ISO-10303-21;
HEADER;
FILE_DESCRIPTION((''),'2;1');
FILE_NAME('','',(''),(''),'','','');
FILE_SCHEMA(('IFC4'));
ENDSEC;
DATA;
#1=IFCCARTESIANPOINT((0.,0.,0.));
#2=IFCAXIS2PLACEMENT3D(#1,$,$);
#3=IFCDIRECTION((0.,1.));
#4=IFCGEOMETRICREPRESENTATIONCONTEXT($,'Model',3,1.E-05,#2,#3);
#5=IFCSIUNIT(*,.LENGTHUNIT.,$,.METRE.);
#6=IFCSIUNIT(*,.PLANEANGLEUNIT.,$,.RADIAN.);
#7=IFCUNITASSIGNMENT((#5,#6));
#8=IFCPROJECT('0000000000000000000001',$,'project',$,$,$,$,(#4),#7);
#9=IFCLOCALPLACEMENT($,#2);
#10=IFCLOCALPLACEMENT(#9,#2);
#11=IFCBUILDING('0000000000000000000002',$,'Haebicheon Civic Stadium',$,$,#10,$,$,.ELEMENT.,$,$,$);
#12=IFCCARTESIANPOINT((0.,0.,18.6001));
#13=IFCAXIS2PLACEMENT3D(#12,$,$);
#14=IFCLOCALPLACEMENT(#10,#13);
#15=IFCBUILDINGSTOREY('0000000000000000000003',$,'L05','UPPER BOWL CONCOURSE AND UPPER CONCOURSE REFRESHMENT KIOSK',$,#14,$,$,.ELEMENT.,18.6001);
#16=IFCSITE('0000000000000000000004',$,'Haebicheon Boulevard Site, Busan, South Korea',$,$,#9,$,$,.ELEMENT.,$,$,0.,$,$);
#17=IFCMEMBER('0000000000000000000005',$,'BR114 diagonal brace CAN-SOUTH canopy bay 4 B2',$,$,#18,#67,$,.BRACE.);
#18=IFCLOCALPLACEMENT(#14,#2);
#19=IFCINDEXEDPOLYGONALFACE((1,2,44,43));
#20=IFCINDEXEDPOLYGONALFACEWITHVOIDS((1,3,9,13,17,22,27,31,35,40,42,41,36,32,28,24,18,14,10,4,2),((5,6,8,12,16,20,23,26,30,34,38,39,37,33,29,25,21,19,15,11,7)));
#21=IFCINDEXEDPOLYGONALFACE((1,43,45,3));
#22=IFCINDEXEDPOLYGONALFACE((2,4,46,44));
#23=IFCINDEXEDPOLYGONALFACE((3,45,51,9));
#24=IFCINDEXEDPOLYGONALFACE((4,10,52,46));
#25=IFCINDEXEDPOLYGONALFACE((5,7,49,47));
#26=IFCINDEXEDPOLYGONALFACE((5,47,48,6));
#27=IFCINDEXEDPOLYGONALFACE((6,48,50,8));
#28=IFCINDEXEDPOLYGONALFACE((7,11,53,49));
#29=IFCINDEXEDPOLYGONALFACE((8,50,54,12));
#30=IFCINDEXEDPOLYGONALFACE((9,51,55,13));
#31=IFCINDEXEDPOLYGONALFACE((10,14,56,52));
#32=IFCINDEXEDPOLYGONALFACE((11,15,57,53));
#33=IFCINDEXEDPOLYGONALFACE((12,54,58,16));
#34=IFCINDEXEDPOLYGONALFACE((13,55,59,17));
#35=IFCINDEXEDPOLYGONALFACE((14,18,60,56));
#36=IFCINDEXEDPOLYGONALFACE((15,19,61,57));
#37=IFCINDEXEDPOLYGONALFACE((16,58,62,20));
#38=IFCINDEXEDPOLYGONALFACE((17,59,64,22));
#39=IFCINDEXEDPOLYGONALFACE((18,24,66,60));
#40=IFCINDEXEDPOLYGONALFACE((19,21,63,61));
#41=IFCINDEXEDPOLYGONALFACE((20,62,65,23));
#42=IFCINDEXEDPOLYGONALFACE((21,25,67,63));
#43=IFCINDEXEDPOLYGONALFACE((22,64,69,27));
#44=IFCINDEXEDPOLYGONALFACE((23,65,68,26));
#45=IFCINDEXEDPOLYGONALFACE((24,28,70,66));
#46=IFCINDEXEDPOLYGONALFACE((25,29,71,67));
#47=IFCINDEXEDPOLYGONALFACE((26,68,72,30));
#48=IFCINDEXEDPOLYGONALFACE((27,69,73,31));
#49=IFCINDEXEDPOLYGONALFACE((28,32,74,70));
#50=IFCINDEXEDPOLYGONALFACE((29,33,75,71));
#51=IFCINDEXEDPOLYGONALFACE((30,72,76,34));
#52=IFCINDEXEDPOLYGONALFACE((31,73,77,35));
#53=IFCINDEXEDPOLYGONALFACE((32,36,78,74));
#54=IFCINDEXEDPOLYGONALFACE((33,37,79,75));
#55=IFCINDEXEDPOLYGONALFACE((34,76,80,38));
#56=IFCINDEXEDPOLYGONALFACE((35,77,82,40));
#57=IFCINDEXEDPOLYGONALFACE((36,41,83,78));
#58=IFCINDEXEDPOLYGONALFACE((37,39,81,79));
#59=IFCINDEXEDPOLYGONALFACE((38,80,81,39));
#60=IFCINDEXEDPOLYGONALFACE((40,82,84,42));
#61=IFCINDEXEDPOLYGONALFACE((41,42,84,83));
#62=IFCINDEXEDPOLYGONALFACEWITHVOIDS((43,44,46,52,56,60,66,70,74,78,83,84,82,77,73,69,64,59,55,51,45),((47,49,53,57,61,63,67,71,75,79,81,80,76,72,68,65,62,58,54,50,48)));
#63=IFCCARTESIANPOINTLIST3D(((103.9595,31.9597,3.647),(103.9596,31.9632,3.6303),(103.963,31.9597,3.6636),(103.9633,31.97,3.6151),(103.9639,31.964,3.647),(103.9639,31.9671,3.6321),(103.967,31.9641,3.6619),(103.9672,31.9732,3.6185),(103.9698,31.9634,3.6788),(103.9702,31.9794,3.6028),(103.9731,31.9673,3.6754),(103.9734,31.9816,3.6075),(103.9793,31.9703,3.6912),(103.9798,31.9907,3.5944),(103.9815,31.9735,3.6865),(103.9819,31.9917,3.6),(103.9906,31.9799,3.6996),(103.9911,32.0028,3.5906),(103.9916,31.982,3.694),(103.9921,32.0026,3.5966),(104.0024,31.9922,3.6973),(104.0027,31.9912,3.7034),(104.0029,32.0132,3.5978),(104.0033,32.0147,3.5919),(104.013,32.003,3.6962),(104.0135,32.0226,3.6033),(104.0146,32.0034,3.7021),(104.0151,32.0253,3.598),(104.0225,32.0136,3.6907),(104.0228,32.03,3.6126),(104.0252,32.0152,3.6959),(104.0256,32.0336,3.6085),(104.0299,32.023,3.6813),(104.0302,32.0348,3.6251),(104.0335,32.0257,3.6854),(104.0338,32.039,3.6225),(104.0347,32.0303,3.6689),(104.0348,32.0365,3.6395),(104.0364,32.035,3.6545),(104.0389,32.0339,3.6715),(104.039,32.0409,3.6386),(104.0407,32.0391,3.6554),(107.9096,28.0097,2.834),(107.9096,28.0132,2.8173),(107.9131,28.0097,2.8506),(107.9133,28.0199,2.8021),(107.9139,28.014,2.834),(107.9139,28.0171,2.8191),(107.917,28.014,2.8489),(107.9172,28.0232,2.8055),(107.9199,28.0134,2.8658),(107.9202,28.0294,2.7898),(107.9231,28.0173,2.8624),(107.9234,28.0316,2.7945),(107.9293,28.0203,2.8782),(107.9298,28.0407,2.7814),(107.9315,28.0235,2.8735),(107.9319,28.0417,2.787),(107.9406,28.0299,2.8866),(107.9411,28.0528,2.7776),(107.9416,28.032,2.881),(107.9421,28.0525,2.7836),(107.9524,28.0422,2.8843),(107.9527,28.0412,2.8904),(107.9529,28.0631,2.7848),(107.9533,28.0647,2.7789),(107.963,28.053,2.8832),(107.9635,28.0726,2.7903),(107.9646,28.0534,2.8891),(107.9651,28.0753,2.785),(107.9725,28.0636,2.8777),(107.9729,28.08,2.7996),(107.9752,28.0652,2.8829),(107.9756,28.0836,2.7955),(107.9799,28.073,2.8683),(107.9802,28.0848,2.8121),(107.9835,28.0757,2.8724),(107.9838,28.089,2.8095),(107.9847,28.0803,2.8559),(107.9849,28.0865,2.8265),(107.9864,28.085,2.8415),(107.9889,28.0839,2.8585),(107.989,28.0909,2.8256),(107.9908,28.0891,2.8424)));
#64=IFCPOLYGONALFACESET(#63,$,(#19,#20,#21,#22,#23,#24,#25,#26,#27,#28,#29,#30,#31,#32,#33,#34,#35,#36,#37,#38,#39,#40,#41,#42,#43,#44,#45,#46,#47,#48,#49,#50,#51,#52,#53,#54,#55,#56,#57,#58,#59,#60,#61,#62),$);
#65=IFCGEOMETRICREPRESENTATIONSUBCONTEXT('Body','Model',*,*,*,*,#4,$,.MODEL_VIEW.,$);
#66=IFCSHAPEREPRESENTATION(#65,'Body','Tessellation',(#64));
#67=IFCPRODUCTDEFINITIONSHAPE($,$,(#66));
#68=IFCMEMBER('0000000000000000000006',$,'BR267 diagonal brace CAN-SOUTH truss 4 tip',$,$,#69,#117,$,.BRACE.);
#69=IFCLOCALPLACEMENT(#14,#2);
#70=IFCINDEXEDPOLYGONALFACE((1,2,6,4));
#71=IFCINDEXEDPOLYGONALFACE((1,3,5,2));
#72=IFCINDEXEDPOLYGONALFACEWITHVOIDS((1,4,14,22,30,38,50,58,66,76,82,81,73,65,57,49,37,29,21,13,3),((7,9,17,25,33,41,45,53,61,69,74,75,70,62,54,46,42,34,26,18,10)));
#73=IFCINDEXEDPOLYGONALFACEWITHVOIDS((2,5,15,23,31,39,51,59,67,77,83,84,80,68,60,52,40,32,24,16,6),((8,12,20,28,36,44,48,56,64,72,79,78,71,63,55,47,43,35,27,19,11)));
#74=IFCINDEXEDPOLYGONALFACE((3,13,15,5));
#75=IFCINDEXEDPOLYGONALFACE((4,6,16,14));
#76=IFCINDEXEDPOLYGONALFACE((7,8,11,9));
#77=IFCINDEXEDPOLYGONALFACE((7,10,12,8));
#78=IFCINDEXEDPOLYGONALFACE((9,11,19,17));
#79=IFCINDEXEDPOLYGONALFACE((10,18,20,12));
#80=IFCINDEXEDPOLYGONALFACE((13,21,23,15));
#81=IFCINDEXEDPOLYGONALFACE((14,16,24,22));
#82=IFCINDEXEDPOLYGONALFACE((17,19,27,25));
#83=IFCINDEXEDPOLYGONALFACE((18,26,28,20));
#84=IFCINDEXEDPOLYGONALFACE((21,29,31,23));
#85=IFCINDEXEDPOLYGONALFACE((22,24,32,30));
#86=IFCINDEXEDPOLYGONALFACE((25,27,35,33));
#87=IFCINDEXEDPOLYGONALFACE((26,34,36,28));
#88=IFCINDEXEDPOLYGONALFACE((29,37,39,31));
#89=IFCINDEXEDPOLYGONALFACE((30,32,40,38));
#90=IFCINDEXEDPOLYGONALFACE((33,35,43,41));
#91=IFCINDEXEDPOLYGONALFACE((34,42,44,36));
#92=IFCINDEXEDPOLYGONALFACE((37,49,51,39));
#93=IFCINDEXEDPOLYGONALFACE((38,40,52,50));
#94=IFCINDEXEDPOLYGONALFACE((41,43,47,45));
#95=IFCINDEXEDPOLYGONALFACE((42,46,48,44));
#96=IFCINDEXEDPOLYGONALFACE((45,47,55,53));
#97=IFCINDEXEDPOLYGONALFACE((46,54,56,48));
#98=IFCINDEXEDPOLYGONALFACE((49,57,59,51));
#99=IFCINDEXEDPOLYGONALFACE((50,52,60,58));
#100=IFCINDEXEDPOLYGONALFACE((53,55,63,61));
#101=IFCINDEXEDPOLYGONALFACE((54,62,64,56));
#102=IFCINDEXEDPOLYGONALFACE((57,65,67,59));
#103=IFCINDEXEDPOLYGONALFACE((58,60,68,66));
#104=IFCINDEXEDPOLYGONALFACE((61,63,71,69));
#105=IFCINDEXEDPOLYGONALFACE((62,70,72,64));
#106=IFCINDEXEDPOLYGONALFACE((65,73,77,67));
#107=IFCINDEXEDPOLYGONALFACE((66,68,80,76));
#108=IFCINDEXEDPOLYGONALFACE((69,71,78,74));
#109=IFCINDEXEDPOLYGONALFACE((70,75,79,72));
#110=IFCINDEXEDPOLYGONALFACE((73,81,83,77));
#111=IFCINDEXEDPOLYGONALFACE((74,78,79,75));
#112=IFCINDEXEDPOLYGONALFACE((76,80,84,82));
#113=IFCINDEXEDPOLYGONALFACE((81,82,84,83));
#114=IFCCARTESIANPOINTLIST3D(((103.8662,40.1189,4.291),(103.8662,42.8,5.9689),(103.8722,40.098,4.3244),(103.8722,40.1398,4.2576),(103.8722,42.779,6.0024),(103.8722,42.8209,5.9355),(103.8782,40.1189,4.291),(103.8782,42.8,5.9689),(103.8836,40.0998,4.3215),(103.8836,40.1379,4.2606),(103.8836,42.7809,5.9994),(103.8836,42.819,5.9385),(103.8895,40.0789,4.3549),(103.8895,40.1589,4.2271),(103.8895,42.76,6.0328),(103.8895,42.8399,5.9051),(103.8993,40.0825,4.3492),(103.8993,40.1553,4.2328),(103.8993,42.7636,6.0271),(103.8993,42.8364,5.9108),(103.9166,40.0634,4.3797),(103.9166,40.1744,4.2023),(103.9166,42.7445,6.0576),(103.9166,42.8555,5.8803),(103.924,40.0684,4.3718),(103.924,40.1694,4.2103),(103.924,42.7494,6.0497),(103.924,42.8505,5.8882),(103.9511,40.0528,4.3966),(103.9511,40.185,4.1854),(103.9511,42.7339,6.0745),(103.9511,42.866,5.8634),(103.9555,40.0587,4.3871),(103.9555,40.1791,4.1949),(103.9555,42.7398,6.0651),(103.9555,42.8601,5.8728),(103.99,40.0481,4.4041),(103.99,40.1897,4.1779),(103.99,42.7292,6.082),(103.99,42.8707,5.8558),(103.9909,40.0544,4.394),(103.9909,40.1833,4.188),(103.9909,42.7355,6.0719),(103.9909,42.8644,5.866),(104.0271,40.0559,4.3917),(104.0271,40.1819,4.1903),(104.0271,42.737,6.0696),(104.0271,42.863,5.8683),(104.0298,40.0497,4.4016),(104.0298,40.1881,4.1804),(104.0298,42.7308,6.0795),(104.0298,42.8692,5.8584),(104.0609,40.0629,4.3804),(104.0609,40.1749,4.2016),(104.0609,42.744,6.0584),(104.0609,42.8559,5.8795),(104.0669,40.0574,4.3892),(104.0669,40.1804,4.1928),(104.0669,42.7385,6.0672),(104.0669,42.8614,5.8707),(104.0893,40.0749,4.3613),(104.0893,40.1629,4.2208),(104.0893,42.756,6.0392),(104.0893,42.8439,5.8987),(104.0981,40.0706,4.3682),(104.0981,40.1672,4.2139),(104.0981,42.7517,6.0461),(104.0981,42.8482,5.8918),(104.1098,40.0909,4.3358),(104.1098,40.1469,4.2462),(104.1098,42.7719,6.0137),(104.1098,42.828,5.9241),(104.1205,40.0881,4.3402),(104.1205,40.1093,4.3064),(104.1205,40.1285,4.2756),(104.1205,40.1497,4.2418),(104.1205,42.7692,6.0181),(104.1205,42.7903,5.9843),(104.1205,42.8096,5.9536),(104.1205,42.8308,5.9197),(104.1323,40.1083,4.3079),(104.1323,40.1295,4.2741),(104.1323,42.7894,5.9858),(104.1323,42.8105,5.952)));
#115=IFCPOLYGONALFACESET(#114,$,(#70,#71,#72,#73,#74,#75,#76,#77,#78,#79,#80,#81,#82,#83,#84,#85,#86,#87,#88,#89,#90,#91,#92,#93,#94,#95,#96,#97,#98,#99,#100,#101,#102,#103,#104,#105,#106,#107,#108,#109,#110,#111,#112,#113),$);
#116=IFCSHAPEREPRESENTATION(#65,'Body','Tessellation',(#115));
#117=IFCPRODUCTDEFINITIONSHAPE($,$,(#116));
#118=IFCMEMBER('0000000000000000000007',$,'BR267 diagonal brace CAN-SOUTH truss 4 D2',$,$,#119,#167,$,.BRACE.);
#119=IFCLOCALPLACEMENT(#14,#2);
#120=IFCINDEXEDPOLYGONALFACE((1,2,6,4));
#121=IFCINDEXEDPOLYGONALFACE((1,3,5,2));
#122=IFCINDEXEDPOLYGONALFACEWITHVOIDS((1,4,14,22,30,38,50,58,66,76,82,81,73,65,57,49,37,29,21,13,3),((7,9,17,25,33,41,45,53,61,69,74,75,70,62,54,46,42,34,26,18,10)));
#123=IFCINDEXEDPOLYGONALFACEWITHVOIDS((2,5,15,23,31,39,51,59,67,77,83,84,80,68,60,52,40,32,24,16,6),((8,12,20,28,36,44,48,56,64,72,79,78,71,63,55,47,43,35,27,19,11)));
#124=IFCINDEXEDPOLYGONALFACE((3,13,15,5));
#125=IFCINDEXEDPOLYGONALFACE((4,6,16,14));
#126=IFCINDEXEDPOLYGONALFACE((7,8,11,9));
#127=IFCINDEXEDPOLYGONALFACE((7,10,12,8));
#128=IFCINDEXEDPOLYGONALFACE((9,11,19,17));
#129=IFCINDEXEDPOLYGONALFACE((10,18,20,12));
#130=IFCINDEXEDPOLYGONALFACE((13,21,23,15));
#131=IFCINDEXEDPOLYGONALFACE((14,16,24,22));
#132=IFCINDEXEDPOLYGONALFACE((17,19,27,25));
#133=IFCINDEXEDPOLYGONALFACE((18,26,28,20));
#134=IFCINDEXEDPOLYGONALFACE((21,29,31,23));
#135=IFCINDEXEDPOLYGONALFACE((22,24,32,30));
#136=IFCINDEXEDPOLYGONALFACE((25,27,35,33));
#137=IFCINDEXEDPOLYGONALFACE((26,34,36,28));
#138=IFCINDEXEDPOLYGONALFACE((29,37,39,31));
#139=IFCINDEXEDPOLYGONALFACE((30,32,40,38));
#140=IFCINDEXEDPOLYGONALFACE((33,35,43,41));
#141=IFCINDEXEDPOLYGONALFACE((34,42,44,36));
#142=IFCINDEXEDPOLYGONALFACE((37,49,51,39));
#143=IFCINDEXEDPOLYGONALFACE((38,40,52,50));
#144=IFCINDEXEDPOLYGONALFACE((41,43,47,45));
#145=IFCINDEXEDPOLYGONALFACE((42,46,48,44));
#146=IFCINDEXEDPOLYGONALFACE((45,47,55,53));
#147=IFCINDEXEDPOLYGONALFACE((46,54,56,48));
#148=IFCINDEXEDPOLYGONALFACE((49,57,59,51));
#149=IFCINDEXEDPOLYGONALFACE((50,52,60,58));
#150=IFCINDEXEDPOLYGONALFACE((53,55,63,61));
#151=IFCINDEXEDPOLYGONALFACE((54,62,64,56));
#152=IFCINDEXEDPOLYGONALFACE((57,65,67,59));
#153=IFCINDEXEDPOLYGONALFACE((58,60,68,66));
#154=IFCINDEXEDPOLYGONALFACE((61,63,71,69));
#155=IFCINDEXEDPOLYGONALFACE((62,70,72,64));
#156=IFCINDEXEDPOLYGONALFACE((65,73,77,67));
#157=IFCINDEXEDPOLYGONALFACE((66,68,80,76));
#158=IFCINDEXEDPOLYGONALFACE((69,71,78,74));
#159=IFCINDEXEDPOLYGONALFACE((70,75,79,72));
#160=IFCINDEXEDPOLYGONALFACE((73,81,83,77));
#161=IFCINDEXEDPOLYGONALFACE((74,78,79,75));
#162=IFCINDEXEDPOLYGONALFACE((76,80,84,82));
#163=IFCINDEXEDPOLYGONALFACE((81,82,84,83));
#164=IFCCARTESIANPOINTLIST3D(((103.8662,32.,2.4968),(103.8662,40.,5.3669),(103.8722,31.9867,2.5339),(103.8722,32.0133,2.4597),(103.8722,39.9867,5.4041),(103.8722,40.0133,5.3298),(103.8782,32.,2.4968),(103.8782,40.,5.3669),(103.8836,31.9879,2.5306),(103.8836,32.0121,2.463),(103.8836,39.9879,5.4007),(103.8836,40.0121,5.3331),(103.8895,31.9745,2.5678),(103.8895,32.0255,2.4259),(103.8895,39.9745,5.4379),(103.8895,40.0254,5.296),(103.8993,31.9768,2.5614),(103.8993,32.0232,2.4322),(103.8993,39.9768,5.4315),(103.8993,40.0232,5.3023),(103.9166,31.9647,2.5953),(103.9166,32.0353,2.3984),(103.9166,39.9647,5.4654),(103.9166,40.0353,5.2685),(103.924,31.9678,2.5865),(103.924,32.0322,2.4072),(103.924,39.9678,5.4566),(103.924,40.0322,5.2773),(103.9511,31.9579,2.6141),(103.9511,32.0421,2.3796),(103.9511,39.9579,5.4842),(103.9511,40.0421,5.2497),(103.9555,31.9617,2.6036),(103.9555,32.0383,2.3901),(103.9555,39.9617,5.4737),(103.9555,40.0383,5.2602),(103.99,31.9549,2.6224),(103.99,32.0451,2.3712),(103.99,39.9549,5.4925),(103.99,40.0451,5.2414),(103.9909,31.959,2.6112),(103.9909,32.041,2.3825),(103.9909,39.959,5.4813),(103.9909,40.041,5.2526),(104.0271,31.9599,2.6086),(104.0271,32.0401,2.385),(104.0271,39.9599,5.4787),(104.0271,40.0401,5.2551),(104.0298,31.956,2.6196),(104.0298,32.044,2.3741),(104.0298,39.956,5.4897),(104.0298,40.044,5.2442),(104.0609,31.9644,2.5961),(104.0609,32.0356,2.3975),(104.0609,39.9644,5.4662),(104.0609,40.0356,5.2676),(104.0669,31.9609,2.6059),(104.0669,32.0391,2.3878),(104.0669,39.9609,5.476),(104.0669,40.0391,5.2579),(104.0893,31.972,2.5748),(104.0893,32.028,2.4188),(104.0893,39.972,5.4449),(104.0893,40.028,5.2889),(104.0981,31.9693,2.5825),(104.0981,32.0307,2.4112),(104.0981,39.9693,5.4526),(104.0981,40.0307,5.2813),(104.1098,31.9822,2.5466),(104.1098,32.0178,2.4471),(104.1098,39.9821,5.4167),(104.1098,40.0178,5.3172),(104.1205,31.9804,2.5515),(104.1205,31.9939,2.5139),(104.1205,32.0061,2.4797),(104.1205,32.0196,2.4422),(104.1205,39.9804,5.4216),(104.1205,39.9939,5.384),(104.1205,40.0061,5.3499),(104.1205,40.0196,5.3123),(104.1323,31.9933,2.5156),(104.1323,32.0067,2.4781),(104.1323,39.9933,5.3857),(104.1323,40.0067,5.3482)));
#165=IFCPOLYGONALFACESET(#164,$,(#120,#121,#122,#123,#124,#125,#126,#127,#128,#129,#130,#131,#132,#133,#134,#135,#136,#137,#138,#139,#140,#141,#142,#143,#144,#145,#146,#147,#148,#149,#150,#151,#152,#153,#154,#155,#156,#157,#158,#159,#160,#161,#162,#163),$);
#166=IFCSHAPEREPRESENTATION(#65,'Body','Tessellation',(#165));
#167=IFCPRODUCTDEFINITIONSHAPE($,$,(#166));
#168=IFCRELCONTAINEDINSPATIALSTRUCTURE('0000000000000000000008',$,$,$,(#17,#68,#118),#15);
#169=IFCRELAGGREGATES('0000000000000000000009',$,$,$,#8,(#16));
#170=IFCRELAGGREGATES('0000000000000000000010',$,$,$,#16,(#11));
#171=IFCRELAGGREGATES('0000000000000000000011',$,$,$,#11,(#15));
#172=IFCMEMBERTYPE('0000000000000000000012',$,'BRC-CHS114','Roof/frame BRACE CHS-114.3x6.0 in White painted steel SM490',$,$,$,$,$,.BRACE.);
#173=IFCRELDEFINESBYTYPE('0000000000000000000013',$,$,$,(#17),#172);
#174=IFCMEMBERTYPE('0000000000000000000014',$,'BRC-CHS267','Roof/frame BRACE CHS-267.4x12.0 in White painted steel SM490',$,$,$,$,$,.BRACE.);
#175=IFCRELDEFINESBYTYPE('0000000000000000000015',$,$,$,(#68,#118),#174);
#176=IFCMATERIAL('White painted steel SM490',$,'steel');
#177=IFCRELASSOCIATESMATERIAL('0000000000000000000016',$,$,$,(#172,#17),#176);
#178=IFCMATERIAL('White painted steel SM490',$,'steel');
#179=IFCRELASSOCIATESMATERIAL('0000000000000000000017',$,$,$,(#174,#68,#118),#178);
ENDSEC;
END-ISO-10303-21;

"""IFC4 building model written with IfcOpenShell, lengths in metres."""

from ifc_helpers import new_model, si_unit, direction, frame, origin, origin_2d, place, context, subcontext, project, spatial, hollow_circle, extrude, material, material_profile, profile_set, type_object, element, save


model = new_model("IFC4")

# Units and contexts
model_context = context("Model", 3, precision=1e-05, world=origin(), true_north=direction((0.0, 1.0)))
body_context = subcontext(model_context, "Body", "Model", "MODEL_VIEW")
ifc_project = project(units=[si_unit("LENGTHUNIT", "METRE"), si_unit("PLANEANGLEUNIT", "RADIAN")], contexts=[model_context])

# Site, building, storey
site_placement = place(None, origin())
site = spatial("IfcSite", under=ifc_project, at=site_placement, Name="Haebicheon Boulevard Site, Busan, South Korea", CompositionType="ELEMENT", RefElevation=0.0)
building_placement = place(site_placement, origin())
building = spatial("IfcBuilding", under=site, at=building_placement, Name="Haebicheon Civic Stadium", CompositionType="ELEMENT")
storey_placement = place(building_placement, frame((0.0, 0.0, 18.6001)))
storey = spatial("IfcBuildingStorey", under=building, at=storey_placement, Name="L05", Description="UPPER BOWL CONCOURSE AND UPPER CONCOURSE REFRESHMENT KIOSK", CompositionType="ELEMENT", Elevation=18.6001)

# Members
ifc_material_1 = material(Name="White painted steel SM490", Category="steel")
ifc_material_profile_1 = material_profile(ifc_material_1, hollow_circle(Radius=0.0571, WallThickness=0.0061, at=origin_2d()), Name="CHS-114.3x6.0")
ifc_profile_set_1 = profile_set([ifc_material_profile_1], Name="White painted steel SM490")
member_type_1 = type_object("IfcMemberType", Name="BRC-CHS114", Description="Roof/frame BRACE CHS-114.3x6.0 in White painted steel SM490", PredefinedType="BRACE", material=ifc_profile_set_1)
member_1_placement = place(storey_placement, frame((107.95, 28.05, 2.834), z_axis=(-0.699735, 0.699735, 0.144021), x_axis=(-0.707107, -0.707107, 0.0)))
element("IfcMember", 1, at=member_1_placement, inside=storey, type_object=member_type_1, material=ifc_profile_set_1, Name="BR114 diagonal brace CAN-SOUTH canopy bay 4 B2", PredefinedType="BRACE", context=body_context, shape_type="SweptSolid", body=[
    extrude(hollow_circle(Radius=0.0571, WallThickness=0.0061, at=origin_2d()), origin(), (0.0, 0.0, 1.0), 5.645),
])
ifc_material_2 = material(Name="White painted steel SM490", Category="steel")
ifc_material_profile_2 = material_profile(ifc_material_2, hollow_circle(Radius=0.1338, WallThickness=0.012, at=origin_2d()), Name="CHS-267.4x12.0")
ifc_profile_set_2 = profile_set([ifc_material_profile_2], Name="White painted steel SM490")
member_type_2 = type_object("IfcMemberType", Name="BRC-CHS267", Description="Roof/frame BRACE CHS-267.4x12.0 in White painted steel SM490", PredefinedType="BRACE", material=ifc_profile_set_2)
member_2_placement = place(storey_placement, frame((104.0, 40.1189, 4.291), z_axis=(0.0, 0.847677, 0.530512), x_axis=(-1.0, 0.0, 0.0)))
element("IfcMember", 2, at=member_2_placement, inside=storey, type_object=member_type_2, material=ifc_profile_set_2, Name="BR267 diagonal brace CAN-SOUTH truss 4 tip", PredefinedType="BRACE", context=body_context, shape_type="SweptSolid", body=[
    extrude(hollow_circle(Radius=0.1338, WallThickness=0.012, at=origin_2d()), origin(), (0.0, 0.0, 1.0), 3.1628),
])
for number, where, z_axis, x_axis, name in (
    (3, (104.0, 32.0, 2.4968), (0.0, 0.941257, 0.33769), (-1.0, 0.0, 0.0), "BR267 diagonal brace CAN-SOUTH truss 4 D2"),
):
    element("IfcMember", number, at=place(storey_placement, frame(where, z_axis=z_axis, x_axis=x_axis)), inside=storey, type_object=member_type_2, material=ifc_profile_set_2, Name=name, PredefinedType="BRACE", context=body_context, shape_type="SweptSolid", body=[
        extrude(hollow_circle(Radius=0.1338, WallThickness=0.012, at=origin_2d()), origin(), (0.0, 0.0, 1.0), 8.4993),
    ])

save(model, "model.ifc")
